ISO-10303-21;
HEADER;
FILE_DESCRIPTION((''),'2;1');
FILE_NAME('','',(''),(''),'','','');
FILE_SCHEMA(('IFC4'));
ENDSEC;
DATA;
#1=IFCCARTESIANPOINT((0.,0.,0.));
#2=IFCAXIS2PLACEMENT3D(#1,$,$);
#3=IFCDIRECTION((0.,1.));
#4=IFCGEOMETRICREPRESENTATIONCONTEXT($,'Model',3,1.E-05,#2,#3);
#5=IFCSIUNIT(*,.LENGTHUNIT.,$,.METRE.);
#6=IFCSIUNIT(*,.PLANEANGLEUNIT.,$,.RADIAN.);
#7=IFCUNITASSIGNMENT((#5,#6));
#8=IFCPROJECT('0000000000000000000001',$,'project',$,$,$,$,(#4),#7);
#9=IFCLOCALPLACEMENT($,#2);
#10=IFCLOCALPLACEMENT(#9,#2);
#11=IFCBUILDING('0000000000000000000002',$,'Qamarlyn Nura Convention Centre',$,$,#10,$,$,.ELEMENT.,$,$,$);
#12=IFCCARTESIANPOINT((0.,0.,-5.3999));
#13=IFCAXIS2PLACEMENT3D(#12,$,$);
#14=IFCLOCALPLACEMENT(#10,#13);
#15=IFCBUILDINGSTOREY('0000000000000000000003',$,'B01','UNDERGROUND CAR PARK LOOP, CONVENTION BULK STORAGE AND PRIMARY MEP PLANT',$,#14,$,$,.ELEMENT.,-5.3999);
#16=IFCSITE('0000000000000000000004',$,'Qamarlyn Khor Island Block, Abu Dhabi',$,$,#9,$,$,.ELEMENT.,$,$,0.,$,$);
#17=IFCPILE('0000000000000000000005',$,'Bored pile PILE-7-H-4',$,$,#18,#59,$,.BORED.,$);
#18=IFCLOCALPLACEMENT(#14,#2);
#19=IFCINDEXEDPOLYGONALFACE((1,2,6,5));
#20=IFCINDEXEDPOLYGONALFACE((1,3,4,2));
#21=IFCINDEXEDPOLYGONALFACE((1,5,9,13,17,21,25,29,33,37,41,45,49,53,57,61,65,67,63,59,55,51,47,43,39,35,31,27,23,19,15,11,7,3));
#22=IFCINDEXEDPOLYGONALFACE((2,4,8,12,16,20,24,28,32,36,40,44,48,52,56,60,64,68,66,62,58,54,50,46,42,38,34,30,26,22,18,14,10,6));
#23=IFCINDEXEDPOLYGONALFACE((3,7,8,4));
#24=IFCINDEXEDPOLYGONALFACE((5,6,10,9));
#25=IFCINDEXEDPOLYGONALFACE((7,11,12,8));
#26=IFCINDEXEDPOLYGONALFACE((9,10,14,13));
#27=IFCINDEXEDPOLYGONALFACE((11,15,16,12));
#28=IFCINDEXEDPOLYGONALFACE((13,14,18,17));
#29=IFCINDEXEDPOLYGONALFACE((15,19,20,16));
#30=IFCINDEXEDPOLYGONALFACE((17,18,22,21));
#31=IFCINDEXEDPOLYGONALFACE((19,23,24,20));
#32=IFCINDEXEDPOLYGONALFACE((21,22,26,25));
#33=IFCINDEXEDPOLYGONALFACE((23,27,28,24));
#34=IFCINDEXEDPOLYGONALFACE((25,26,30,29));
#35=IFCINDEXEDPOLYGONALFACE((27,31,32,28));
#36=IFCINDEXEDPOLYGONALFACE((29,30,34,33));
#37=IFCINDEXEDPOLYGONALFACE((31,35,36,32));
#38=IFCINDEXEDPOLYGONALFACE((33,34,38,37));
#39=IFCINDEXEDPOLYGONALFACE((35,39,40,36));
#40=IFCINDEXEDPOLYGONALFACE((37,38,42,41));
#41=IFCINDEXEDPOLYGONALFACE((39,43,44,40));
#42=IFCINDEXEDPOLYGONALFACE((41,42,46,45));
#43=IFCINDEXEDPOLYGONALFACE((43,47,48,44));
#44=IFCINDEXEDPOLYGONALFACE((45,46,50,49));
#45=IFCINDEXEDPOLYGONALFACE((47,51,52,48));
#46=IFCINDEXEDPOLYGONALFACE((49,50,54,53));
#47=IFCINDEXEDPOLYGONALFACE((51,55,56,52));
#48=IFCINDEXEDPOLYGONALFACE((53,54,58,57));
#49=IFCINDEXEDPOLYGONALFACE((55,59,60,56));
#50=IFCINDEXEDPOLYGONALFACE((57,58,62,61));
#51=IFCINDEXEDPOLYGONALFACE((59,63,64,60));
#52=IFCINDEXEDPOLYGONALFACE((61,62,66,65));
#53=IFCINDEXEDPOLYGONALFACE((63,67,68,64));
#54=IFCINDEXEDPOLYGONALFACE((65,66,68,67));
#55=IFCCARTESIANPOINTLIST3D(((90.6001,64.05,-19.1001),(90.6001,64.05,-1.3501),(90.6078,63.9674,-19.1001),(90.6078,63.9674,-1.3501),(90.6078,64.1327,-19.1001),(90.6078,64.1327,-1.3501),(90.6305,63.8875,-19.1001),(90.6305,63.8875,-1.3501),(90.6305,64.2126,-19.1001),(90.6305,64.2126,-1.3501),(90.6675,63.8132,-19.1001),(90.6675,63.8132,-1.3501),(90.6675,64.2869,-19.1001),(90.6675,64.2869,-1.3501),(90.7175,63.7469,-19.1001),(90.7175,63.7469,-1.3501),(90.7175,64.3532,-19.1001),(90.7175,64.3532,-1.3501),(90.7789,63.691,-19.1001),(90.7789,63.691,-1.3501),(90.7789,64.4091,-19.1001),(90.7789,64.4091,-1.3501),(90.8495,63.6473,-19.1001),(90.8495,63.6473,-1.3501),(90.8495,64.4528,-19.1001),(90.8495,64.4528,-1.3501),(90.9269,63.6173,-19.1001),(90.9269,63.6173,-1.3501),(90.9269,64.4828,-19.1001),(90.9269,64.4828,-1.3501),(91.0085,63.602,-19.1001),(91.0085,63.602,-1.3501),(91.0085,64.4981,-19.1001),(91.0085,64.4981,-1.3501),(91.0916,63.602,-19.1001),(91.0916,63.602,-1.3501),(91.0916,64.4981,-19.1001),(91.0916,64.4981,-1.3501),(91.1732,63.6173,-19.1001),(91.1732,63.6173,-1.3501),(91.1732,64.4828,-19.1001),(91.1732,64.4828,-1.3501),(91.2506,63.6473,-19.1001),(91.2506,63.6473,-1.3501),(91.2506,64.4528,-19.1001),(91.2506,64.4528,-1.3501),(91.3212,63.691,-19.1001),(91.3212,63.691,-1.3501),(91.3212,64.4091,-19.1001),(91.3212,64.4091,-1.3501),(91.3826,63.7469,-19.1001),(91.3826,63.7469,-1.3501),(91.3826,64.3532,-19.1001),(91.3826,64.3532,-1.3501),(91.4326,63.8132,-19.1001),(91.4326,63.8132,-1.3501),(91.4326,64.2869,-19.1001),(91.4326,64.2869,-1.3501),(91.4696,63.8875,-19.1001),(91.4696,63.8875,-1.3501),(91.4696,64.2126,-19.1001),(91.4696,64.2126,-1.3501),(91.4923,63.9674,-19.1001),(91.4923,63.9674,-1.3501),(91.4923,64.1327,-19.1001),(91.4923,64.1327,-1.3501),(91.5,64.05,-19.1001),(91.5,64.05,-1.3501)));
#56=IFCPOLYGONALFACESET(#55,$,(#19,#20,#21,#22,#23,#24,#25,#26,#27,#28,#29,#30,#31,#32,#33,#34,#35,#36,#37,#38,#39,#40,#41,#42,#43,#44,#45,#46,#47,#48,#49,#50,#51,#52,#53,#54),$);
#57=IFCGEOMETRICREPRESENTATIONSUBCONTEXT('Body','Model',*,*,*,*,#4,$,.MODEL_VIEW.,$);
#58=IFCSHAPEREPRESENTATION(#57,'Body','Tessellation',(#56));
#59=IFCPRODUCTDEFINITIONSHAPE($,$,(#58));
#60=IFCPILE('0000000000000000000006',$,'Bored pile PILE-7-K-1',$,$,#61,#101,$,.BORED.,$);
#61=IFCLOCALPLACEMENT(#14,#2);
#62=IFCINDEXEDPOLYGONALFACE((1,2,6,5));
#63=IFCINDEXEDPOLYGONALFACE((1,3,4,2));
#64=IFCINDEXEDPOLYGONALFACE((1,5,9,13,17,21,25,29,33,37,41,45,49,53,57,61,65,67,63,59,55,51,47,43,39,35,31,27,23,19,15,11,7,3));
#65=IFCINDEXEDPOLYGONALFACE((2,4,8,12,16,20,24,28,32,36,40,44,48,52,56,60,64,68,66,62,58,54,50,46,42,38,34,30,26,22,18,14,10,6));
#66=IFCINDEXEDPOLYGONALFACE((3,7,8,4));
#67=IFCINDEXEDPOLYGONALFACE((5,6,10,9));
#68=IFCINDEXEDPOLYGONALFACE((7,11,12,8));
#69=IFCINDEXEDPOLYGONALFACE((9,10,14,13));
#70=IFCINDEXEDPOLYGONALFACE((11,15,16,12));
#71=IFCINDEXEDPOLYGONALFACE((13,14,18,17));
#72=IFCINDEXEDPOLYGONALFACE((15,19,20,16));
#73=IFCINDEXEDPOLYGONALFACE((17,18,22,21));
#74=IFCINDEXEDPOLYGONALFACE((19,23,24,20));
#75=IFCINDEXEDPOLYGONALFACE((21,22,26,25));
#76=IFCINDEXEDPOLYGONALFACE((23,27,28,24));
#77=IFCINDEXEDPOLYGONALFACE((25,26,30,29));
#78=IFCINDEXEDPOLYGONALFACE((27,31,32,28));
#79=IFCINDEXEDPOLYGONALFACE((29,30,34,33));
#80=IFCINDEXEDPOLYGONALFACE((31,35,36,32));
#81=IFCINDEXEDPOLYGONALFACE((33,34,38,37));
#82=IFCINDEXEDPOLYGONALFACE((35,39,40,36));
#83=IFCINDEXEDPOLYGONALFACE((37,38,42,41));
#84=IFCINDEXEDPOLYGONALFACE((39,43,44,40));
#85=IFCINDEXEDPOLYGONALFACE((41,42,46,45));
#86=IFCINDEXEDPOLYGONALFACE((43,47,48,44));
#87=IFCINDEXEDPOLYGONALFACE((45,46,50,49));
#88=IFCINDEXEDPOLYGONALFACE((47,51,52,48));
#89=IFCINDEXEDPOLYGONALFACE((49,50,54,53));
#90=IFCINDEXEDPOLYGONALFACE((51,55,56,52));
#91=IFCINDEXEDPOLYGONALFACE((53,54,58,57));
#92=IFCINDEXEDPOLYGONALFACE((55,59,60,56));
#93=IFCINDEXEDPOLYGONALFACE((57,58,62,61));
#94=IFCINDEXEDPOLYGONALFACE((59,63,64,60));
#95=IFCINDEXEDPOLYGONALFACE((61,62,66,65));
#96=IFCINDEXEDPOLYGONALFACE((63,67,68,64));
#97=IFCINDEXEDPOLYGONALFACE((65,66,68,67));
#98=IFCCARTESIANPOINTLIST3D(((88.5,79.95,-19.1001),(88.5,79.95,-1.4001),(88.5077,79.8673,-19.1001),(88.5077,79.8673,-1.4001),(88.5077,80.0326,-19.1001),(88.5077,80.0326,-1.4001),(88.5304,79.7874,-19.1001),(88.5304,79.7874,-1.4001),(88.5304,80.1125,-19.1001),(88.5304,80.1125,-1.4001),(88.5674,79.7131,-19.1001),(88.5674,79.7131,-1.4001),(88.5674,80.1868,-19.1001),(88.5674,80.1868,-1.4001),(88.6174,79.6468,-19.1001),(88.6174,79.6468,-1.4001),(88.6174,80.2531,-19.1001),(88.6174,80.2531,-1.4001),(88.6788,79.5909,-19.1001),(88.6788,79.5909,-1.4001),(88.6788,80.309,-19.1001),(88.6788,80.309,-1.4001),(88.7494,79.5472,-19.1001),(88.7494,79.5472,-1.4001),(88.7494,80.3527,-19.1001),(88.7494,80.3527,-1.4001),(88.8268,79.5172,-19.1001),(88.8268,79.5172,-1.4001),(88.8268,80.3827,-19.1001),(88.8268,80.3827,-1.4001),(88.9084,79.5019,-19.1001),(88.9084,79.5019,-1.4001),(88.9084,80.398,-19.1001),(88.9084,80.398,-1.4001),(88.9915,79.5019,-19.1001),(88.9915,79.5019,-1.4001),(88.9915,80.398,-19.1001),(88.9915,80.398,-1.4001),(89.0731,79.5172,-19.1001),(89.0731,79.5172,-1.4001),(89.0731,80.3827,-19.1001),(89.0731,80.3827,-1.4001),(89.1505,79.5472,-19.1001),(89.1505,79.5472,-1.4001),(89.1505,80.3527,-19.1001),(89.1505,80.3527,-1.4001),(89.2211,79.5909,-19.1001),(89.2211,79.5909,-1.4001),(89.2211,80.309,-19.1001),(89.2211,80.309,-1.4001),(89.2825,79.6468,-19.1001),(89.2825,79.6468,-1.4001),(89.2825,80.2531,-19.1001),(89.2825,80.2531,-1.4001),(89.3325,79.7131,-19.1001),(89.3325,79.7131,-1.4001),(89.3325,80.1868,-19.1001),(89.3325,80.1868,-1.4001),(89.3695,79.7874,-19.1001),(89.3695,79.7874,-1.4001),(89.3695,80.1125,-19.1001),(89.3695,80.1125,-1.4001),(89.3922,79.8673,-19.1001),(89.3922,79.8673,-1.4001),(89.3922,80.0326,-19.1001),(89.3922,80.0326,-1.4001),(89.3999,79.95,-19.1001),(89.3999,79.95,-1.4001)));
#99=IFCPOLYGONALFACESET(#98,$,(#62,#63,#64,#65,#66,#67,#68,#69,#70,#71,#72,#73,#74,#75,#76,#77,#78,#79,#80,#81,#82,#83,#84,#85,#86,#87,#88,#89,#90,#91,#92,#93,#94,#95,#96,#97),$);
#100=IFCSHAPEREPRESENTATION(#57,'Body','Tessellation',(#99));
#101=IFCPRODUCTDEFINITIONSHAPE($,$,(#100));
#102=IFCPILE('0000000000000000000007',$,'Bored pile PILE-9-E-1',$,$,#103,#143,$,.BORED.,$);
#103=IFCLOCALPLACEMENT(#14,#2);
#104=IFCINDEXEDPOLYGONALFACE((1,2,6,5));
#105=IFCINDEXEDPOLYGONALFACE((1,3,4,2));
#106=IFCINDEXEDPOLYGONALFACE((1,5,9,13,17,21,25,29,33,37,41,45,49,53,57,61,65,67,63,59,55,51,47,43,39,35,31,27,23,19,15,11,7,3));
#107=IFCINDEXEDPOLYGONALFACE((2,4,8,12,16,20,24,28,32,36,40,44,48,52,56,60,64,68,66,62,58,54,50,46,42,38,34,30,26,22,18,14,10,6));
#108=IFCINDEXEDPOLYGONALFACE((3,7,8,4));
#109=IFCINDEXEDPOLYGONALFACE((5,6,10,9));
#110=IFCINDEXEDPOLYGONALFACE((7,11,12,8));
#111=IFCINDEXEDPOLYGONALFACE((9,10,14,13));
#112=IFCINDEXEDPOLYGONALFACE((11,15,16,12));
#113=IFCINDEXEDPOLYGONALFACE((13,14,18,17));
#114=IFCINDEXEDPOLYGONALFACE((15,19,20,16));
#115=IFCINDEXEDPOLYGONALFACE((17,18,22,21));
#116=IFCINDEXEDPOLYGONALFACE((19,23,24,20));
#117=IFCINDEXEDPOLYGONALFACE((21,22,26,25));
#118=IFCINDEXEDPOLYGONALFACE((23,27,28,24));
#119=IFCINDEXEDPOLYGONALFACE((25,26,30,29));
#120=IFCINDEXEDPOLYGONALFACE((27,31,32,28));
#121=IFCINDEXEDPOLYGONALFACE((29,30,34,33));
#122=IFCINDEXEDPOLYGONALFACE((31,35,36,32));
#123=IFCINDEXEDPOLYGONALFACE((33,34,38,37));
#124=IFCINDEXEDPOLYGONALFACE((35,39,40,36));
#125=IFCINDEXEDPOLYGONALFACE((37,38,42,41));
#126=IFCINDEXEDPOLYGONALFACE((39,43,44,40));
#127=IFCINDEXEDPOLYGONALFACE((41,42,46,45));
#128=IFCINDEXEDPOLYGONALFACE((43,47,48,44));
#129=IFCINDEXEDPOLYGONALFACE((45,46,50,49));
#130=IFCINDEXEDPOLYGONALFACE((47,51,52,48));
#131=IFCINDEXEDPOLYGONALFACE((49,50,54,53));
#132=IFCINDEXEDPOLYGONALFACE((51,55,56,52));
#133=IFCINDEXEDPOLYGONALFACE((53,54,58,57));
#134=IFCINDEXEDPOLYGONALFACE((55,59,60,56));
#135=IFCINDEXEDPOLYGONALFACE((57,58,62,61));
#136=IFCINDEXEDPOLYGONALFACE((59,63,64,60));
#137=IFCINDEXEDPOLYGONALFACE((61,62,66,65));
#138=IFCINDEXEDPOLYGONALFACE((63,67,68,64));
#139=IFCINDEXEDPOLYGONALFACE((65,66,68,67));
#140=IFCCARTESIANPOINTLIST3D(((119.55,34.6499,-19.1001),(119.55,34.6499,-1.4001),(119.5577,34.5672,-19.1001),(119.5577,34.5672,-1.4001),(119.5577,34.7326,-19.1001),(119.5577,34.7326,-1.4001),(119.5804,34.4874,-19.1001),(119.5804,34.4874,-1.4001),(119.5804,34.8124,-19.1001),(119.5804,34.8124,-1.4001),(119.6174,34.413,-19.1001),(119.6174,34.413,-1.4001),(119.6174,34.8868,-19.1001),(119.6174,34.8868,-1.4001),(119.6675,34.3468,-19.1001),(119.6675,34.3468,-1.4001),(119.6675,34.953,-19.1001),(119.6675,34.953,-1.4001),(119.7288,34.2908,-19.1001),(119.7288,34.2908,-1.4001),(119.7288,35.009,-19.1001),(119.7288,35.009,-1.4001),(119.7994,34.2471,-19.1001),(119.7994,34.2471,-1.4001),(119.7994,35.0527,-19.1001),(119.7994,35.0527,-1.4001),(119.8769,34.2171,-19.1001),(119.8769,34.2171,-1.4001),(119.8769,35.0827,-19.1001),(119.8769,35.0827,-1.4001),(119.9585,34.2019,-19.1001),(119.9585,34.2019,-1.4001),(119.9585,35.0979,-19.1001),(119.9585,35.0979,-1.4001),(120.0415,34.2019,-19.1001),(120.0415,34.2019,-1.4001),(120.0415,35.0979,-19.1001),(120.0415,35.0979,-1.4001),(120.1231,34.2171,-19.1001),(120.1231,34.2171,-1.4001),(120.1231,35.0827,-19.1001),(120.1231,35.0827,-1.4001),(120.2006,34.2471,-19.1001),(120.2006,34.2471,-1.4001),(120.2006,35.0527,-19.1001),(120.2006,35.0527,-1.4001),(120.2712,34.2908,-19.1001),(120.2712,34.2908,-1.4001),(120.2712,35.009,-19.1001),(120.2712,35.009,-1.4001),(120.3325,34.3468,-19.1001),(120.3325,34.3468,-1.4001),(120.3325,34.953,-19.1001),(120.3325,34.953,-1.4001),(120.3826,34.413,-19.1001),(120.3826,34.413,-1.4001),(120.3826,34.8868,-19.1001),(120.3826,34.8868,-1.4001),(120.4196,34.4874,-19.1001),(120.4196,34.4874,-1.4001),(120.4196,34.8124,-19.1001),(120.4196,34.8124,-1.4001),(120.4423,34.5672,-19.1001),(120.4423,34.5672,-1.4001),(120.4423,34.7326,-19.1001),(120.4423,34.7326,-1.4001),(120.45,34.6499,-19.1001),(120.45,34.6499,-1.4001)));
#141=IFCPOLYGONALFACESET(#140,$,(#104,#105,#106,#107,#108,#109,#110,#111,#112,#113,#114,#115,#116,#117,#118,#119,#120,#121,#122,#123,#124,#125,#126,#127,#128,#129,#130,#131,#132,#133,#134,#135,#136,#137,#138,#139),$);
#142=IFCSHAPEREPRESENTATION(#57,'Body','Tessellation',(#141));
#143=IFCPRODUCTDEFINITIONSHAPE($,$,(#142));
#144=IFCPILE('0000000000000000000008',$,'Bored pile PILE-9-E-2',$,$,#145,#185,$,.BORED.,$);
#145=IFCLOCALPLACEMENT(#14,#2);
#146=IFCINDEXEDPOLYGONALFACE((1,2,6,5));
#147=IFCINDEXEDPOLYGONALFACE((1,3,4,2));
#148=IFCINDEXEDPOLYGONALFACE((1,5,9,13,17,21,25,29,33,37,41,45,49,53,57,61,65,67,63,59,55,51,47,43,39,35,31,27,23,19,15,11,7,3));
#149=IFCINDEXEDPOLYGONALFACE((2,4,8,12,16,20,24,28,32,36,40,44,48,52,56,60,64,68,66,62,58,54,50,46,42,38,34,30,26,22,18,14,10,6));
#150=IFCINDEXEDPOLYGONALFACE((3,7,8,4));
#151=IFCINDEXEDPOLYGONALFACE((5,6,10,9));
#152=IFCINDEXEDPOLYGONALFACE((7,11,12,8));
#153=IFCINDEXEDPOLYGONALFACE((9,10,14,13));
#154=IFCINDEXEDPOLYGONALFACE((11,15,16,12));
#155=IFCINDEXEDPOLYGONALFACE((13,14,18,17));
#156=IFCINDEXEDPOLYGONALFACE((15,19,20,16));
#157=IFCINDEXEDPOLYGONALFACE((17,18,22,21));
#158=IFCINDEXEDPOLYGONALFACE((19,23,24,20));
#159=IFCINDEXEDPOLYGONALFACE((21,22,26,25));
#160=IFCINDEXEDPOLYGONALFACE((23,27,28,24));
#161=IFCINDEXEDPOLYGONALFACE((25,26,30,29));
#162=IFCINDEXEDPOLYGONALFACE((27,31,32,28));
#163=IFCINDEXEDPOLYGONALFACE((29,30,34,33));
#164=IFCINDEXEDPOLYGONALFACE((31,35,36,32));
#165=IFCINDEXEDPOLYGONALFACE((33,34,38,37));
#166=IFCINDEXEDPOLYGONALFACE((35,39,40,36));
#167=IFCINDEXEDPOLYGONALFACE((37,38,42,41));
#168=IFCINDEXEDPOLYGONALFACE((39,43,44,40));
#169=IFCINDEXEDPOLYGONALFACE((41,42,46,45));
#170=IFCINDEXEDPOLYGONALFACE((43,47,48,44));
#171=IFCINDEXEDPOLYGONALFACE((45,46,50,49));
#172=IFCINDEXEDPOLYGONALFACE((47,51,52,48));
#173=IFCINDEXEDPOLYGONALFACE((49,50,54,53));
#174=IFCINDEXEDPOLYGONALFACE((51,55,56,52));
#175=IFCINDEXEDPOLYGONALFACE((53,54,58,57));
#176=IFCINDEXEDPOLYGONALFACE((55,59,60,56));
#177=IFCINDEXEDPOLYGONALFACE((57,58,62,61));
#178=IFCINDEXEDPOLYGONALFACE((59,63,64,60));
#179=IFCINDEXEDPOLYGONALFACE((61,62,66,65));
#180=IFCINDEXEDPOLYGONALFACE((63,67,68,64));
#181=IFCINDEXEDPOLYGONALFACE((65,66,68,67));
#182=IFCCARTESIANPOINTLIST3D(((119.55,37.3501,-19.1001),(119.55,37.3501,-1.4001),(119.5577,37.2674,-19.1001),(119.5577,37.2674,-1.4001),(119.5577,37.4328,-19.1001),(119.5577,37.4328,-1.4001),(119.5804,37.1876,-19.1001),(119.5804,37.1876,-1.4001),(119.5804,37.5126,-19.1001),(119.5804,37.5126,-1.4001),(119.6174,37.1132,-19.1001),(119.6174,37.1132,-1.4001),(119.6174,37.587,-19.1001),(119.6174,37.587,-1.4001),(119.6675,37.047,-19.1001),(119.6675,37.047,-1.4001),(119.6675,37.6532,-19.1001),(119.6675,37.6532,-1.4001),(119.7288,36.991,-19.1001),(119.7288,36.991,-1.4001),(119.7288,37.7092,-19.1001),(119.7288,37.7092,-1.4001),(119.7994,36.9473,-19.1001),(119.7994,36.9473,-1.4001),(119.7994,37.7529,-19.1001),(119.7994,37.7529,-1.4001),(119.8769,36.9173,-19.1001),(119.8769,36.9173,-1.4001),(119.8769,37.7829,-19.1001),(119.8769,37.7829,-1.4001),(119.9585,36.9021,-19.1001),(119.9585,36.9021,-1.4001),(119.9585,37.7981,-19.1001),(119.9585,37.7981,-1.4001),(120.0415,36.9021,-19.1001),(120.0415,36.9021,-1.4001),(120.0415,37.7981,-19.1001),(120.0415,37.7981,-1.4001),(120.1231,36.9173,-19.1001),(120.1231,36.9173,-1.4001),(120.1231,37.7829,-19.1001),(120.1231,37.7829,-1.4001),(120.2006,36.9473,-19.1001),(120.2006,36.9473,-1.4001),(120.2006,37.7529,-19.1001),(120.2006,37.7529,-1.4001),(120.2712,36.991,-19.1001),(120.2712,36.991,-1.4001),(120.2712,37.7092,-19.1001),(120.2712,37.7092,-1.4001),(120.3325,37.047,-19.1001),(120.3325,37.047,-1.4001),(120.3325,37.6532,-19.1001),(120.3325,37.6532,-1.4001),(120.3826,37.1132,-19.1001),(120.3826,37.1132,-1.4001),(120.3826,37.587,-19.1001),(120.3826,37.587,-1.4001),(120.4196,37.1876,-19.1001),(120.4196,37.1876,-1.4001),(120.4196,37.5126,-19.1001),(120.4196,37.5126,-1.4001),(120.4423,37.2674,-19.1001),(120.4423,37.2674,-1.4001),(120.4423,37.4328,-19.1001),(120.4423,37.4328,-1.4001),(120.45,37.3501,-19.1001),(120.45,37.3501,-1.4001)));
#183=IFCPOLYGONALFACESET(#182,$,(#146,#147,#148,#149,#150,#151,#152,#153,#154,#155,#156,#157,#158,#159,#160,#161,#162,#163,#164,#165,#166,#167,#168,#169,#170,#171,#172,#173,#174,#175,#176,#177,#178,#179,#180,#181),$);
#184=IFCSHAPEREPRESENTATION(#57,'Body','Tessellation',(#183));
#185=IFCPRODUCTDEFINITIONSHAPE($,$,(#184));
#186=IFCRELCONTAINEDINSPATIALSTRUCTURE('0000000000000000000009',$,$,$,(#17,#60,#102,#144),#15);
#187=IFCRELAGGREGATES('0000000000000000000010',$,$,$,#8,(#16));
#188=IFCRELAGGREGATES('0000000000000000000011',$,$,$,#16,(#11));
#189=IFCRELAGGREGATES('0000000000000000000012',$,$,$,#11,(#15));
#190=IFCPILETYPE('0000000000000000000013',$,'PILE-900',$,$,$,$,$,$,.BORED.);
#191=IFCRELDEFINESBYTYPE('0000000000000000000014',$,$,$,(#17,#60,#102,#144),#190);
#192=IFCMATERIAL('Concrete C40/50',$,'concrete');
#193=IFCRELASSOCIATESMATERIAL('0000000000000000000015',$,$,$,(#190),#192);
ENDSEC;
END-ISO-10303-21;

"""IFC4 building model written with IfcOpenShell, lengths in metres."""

from ifc_helpers import new_model, si_unit, direction, frame, origin, origin_2d, place, context, subcontext, project, spatial, circle, extrude, material, material_profile, profile_set, type_object, element, save


model = new_model("IFC4")

# Units and contexts
model_context = context("Model", 3, precision=1e-05, world=origin(), true_north=direction((0.0, 1.0)))
body_context = subcontext(model_context, "Body", "Model", "MODEL_VIEW")
ifc_project = project(units=[si_unit("LENGTHUNIT", "METRE"), si_unit("PLANEANGLEUNIT", "RADIAN")], contexts=[model_context])

# Site, building, storey
site_placement = place(None, origin())
site = spatial("IfcSite", under=ifc_project, at=site_placement, Name="Qamarlyn Khor Island Block, Abu Dhabi", CompositionType="ELEMENT", RefElevation=0.0)
building_placement = place(site_placement, origin())
building = spatial("IfcBuilding", under=site, at=building_placement, Name="Qamarlyn Nura Convention Centre", CompositionType="ELEMENT")
storey_placement = place(building_placement, frame((0.0, 0.0, -5.3999)))
storey = spatial("IfcBuildingStorey", under=building, at=storey_placement, Name="B01", Description="UNDERGROUND CAR PARK LOOP, CONVENTION BULK STORAGE AND PRIMARY MEP PLANT", CompositionType="ELEMENT", Elevation=-5.3999)

# Shared definitions
ifc_material_1 = material(Name="Concrete C40/50", Category="concrete")

# Piles
ifc_material_profile_1 = material_profile(ifc_material_1, circle(Radius=0.45, at=origin_2d()), Name="BORED PILE 900")
ifc_profile_set_1 = profile_set([ifc_material_profile_1], Name="Concrete C40/50")
pile_type = type_object("IfcPileType", Name="PILE-900", PredefinedType="BORED", material=ifc_profile_set_1)
for number, where, z_axis, x_axis, name in (
    (1, (91.05, 64.05, -1.3501), (0.0, 0.0, -1.0), (1.0, 0.0, 0.0), "Bored pile PILE-7-H-4"),
):
    element("IfcPile", number, at=place(storey_placement, frame(where, z_axis=z_axis, x_axis=x_axis)), inside=storey, type_object=pile_type, Name=name, PredefinedType="BORED", context=body_context, shape_type="SweptSolid", body=[
        extrude(circle(Radius=0.45, at=origin_2d()), origin(), (0.0, 0.0, 1.0), 17.75),
    ])
for number, where, z_axis, x_axis, name in (
    (2, (88.95, 79.95, -1.4001), (0.0, 0.0, -1.0), (1.0, 0.0, 0.0), "Bored pile PILE-7-K-1"),
    (3, (120.0, 34.6499, -1.4001), (0.0, 0.0, -1.0), (1.0, 0.0, 0.0), "Bored pile PILE-9-E-1"),
    (4, (120.0, 37.3501, -1.4001), (0.0, 0.0, -1.0), (1.0, 0.0, 0.0), "Bored pile PILE-9-E-2"),
):
    element("IfcPile", number, at=place(storey_placement, frame(where, z_axis=z_axis, x_axis=x_axis)), inside=storey, type_object=pile_type, Name=name, PredefinedType="BORED", context=body_context, shape_type="SweptSolid", body=[
        extrude(circle(Radius=0.45, at=origin_2d()), origin(), (0.0, 0.0, 1.0), 17.7),
    ])

save(model, "model.ifc")
